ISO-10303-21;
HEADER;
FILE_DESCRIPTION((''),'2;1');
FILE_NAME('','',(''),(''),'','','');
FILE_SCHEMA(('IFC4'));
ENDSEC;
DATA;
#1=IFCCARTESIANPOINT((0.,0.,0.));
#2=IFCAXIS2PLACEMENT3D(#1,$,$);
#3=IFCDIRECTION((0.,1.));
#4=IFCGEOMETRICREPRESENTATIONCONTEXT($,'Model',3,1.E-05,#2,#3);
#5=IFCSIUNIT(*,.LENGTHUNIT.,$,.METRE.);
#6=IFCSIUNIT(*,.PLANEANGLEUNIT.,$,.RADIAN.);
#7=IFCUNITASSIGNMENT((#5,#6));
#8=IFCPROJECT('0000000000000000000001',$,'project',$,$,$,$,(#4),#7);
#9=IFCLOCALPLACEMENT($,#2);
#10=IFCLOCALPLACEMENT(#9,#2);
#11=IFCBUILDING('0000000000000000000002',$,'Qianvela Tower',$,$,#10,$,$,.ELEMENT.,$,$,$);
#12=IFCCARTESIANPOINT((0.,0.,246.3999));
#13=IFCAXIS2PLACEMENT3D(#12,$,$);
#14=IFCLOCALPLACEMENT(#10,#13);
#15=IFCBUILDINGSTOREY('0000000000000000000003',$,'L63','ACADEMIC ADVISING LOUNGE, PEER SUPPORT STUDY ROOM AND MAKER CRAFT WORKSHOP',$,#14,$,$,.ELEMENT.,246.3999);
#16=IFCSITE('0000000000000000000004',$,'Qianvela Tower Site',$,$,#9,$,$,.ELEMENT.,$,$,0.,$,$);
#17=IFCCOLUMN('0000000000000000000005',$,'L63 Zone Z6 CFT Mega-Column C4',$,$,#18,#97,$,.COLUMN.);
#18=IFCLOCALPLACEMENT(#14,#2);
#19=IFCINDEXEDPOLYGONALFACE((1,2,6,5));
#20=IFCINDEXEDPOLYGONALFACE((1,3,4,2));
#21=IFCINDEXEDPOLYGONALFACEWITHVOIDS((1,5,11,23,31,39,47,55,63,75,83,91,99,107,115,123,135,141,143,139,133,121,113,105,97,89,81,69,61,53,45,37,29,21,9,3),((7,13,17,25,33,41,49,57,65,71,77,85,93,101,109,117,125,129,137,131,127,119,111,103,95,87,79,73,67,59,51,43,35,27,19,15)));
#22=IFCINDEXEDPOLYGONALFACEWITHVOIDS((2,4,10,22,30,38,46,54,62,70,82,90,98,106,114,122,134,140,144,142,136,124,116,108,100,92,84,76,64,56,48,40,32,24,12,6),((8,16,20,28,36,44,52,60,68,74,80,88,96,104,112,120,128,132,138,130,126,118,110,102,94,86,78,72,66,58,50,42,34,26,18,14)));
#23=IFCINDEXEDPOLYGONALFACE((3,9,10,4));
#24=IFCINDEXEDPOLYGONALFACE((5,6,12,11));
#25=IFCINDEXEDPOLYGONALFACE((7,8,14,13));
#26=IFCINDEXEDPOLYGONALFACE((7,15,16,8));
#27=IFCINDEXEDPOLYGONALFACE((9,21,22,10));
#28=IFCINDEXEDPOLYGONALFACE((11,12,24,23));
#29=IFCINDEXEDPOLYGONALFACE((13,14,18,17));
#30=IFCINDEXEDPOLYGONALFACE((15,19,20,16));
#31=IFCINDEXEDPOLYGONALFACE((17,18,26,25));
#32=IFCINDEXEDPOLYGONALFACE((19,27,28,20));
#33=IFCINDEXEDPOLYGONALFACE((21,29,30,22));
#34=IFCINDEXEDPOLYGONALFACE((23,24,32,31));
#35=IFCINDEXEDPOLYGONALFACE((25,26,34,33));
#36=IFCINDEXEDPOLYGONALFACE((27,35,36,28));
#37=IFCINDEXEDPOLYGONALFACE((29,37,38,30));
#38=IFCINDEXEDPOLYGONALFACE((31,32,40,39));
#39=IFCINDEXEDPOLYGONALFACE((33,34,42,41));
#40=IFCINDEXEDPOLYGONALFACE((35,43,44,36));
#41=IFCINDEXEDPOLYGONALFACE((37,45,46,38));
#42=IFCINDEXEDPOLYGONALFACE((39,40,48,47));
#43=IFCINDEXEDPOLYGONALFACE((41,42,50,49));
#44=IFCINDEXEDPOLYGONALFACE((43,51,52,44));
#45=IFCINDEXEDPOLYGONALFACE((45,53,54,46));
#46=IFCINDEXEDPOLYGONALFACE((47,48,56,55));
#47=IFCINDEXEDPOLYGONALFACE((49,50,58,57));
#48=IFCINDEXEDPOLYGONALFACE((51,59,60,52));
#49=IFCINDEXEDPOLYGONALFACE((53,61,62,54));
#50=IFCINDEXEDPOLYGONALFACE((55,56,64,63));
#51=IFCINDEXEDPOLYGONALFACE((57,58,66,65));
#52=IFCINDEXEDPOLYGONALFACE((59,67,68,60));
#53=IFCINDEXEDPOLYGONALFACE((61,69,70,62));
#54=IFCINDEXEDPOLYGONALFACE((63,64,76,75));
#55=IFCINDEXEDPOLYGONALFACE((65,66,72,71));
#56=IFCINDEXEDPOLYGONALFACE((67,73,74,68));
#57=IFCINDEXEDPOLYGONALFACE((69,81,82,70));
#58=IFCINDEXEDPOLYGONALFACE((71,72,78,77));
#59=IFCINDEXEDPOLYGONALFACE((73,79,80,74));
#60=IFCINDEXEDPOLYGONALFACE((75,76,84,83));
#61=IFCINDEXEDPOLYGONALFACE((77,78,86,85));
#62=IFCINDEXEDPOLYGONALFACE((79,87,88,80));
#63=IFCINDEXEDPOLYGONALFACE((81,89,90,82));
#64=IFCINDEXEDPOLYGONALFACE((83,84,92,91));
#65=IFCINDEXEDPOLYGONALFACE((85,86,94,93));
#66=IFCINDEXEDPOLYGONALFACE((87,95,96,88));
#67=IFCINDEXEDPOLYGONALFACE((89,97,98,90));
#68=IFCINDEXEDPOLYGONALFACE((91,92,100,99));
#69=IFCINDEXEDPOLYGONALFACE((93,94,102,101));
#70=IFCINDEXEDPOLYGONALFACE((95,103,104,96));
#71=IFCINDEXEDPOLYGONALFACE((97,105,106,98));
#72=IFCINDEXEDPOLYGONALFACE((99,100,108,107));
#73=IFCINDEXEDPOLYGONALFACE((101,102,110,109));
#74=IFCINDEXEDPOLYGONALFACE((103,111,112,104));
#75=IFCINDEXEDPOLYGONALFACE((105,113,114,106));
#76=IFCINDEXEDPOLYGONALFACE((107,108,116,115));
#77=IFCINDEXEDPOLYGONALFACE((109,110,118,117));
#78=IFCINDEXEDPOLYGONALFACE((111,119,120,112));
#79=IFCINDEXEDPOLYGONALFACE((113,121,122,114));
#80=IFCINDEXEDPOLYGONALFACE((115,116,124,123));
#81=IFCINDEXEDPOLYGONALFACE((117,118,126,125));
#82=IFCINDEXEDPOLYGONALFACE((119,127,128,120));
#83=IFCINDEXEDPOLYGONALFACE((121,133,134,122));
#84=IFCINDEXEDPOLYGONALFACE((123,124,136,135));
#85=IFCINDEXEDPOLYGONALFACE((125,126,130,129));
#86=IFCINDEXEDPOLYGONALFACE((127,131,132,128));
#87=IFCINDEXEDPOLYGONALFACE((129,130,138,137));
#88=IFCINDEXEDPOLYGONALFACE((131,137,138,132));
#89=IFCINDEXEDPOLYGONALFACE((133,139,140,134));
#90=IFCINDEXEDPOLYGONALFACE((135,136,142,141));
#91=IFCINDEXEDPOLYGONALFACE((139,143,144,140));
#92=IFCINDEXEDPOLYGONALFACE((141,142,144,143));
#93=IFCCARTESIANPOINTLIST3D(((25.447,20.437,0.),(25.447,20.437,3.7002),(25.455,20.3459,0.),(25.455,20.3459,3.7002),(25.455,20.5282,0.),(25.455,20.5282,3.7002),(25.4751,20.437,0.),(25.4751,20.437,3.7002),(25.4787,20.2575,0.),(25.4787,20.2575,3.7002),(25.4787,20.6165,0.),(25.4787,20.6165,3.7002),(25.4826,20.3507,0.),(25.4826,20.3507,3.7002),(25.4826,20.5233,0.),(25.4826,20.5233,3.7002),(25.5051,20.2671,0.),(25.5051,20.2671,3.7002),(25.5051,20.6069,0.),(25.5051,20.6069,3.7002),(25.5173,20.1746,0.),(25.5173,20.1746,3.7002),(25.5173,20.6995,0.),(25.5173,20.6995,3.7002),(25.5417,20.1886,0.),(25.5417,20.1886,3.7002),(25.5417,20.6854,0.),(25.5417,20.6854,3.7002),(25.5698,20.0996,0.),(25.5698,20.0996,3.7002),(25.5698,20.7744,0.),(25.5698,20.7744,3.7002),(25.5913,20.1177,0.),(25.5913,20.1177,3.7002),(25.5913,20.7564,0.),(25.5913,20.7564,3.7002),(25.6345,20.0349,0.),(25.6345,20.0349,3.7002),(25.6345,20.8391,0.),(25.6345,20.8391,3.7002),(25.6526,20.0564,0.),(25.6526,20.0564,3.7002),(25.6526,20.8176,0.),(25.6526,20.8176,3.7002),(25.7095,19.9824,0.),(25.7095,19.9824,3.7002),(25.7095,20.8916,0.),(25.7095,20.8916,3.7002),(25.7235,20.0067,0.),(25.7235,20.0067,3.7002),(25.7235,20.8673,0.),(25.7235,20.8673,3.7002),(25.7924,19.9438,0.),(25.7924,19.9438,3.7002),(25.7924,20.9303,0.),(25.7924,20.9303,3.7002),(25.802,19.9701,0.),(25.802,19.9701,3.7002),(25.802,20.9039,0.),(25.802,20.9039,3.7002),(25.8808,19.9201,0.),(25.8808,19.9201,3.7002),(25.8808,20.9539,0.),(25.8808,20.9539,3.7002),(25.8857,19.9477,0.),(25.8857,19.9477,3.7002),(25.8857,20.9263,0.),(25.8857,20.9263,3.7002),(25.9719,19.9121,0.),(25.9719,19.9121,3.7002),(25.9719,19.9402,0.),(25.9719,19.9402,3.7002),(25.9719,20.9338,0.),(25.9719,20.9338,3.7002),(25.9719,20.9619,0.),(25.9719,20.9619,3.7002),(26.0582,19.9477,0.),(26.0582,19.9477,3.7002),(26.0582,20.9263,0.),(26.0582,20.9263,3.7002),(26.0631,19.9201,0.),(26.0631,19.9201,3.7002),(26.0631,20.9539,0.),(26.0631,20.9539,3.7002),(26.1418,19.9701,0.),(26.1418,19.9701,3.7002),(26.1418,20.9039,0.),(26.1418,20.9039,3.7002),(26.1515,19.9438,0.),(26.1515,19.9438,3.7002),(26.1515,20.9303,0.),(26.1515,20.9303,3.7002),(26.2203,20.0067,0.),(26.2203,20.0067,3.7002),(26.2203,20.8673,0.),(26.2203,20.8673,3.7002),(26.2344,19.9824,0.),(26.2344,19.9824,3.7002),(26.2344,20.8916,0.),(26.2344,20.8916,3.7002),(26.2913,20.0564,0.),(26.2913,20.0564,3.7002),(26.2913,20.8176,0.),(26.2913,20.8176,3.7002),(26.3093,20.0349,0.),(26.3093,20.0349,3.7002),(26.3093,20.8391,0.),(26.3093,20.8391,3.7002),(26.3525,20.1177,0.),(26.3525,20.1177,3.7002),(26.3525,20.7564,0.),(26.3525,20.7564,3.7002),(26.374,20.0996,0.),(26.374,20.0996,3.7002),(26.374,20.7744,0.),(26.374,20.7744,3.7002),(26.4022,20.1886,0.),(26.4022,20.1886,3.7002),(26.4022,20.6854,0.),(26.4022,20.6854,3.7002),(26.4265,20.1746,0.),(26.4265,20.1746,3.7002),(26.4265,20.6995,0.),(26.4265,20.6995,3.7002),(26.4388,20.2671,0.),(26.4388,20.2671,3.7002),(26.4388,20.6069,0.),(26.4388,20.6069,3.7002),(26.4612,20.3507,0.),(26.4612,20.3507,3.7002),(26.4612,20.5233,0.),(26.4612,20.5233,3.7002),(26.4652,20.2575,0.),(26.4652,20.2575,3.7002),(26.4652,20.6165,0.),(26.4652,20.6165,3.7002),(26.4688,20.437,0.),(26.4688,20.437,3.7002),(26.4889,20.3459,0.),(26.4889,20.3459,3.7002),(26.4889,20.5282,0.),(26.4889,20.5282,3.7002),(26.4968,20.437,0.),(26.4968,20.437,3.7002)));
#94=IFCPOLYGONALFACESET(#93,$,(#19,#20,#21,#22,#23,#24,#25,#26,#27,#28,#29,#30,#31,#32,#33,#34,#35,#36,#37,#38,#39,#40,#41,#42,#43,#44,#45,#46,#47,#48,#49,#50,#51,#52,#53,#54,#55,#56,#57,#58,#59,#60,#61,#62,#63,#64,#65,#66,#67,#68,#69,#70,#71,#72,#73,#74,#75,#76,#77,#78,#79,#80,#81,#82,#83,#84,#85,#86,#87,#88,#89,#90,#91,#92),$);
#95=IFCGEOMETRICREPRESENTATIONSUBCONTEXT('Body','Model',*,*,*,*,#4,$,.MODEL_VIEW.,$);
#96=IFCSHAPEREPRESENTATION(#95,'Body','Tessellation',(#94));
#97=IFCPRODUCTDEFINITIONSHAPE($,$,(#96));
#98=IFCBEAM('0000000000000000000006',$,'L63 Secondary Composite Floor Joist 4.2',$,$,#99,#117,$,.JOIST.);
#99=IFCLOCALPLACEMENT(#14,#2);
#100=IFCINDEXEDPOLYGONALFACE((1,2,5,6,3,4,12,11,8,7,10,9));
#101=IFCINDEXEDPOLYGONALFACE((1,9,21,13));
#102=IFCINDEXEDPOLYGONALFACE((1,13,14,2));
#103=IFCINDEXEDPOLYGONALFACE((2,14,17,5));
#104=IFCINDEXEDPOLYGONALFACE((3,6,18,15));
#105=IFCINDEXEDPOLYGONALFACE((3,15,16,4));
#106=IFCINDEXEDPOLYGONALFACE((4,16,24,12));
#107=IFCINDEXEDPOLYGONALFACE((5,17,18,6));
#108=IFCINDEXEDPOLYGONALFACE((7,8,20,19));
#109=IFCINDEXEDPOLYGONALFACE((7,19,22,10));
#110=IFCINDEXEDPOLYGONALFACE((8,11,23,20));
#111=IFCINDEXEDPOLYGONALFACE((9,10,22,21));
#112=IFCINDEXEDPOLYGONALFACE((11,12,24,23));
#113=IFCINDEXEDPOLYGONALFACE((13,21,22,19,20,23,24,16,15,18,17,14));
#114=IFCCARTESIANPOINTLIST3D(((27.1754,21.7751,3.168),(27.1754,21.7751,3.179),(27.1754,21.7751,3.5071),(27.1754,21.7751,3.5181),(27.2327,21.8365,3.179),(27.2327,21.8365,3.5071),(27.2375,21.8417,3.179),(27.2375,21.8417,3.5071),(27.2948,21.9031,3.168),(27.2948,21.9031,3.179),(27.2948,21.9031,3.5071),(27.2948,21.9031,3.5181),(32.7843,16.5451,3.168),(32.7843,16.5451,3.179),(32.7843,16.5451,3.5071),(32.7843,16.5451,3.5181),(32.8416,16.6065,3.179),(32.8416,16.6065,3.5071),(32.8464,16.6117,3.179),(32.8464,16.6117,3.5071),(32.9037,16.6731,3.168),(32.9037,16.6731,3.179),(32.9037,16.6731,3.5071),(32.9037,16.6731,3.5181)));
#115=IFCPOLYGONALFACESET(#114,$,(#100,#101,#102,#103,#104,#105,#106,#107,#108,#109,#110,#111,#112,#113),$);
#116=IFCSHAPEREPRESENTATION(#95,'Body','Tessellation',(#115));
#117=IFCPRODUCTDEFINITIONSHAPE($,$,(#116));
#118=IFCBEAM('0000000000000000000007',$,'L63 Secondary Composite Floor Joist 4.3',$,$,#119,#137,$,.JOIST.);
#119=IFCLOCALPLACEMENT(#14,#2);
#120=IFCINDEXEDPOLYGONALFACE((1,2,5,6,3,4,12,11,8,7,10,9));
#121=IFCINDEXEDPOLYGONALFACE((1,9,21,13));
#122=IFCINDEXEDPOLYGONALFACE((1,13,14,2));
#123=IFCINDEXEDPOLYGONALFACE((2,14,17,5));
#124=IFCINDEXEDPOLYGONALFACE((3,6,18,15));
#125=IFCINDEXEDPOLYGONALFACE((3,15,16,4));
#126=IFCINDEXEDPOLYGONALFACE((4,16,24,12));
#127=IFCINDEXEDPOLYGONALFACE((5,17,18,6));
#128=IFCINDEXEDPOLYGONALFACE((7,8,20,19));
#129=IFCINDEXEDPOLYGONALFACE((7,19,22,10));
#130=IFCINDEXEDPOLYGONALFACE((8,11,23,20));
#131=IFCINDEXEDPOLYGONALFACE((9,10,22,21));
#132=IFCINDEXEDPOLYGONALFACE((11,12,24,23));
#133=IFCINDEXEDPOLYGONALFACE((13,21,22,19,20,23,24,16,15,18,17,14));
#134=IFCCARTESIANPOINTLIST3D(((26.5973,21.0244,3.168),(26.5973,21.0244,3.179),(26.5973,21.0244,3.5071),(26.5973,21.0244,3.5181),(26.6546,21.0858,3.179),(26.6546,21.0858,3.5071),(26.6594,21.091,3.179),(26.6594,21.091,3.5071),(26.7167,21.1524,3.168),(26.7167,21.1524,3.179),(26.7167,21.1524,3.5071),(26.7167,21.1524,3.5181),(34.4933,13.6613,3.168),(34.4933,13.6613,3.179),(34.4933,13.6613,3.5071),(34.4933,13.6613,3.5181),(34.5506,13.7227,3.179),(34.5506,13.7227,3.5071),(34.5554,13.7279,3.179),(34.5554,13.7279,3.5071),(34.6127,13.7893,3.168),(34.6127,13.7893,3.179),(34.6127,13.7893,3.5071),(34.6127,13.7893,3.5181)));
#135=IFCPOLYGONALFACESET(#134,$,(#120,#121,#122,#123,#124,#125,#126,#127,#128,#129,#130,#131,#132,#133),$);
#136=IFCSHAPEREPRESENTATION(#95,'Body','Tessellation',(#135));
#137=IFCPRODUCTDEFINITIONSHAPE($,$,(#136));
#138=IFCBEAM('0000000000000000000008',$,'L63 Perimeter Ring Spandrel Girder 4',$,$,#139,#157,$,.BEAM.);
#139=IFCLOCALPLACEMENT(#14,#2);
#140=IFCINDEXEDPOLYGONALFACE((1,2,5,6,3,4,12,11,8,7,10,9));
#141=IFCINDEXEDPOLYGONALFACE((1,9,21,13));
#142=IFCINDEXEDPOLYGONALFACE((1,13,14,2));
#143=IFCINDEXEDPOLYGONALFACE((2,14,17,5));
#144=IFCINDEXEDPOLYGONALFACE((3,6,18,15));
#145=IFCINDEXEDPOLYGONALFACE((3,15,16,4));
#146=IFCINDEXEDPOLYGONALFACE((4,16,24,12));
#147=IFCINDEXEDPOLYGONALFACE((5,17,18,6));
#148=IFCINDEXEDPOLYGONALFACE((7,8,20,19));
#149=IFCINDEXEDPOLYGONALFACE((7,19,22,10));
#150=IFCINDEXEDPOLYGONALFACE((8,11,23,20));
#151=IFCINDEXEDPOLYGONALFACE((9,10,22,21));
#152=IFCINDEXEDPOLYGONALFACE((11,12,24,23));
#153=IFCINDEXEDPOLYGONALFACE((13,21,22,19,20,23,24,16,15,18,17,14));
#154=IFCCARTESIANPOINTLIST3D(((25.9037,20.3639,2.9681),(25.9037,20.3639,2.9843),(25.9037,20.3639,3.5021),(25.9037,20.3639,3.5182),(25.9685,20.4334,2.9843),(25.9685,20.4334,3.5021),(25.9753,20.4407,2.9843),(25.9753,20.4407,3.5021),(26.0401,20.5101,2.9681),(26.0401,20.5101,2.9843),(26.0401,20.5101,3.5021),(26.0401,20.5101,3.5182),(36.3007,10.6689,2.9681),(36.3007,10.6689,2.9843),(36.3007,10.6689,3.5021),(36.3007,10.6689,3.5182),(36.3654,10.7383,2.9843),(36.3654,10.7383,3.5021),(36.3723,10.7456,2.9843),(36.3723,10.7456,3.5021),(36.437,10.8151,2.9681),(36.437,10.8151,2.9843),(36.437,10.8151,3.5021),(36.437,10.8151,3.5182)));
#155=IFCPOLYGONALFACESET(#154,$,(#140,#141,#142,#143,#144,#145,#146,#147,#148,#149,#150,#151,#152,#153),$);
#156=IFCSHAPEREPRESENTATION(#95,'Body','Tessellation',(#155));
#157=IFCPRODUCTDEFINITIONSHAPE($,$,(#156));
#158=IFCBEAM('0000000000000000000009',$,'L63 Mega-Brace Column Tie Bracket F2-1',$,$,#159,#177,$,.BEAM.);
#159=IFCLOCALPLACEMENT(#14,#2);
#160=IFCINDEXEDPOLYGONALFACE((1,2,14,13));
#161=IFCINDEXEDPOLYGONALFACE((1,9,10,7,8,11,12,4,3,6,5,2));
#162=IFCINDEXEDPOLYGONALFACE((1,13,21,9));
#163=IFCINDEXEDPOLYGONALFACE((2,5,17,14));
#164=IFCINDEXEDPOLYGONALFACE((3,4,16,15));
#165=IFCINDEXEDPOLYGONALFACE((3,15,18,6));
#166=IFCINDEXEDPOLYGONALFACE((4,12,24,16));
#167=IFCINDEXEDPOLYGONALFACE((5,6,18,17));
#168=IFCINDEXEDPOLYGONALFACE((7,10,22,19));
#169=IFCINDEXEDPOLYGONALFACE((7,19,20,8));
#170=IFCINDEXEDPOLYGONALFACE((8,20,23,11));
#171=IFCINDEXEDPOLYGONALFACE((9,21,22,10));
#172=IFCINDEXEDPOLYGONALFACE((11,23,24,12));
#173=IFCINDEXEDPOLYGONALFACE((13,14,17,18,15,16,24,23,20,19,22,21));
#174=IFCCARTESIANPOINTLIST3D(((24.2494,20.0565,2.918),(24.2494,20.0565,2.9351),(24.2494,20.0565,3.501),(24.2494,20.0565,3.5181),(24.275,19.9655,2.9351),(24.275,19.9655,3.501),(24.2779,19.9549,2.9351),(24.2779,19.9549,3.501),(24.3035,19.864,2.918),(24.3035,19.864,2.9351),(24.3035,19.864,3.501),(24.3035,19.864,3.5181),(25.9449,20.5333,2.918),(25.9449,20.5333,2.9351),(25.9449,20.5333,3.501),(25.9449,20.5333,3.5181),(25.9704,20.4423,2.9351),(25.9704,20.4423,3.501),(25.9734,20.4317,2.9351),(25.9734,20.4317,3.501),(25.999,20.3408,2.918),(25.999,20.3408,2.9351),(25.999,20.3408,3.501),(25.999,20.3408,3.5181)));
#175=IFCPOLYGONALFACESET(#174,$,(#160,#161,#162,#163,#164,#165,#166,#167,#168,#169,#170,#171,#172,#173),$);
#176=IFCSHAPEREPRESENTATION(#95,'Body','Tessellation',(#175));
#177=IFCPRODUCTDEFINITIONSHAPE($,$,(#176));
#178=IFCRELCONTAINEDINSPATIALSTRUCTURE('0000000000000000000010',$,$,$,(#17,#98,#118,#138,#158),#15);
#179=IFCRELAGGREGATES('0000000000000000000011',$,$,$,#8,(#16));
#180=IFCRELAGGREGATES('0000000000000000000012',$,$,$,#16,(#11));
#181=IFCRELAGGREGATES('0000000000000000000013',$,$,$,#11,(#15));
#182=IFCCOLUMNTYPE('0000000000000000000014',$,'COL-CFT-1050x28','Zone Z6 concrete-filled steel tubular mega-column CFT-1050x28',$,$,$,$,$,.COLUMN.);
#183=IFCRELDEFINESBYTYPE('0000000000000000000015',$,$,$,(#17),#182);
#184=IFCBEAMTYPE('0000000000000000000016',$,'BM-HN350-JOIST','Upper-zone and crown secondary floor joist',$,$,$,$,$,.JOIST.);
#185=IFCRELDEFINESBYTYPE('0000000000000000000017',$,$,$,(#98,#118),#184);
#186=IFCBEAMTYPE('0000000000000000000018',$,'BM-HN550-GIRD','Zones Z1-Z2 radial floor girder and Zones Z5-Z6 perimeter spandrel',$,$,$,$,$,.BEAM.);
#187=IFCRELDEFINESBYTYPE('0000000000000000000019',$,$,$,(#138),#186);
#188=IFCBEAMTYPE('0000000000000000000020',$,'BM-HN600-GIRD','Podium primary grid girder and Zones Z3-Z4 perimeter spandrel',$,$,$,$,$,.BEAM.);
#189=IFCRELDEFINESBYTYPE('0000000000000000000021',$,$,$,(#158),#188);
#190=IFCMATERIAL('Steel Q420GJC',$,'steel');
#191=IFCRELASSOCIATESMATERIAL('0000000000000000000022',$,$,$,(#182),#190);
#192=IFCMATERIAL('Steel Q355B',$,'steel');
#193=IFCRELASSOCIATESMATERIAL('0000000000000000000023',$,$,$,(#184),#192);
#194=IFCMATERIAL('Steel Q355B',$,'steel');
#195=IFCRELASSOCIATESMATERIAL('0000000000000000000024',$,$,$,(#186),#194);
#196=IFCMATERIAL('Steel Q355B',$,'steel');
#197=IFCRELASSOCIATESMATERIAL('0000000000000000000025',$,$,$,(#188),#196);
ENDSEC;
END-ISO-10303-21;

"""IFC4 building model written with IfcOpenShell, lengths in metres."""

from ifc_helpers import new_model, si_unit, direction, frame, origin, origin_2d, place, context, subcontext, project, spatial, hollow_circle, i_section, extrude, material, material_profile, profile_set, type_object, element, save


model = new_model("IFC4")

# Units and contexts
model_context = context("Model", 3, precision=1e-05, world=origin(), true_north=direction((0.0, 1.0)))
body_context = subcontext(model_context, "Body", "Model", "MODEL_VIEW")
ifc_project = project(units=[si_unit("LENGTHUNIT", "METRE"), si_unit("PLANEANGLEUNIT", "RADIAN")], contexts=[model_context])

# Site, building, storey
site_placement = place(None, origin())
site = spatial("IfcSite", under=ifc_project, at=site_placement, Name="Qianvela Tower Site", CompositionType="ELEMENT", RefElevation=0.0)
building_placement = place(site_placement, origin())
building = spatial("IfcBuilding", under=site, at=building_placement, Name="Qianvela Tower", CompositionType="ELEMENT")
storey_placement = place(building_placement, frame((0.0, 0.0, 246.3999)))
storey = spatial("IfcBuildingStorey", under=building, at=storey_placement, Name="L63", Description="ACADEMIC ADVISING LOUNGE, PEER SUPPORT STUDY ROOM AND MAKER CRAFT WORKSHOP", CompositionType="ELEMENT", Elevation=246.3999)

# Column
ifc_material_1 = material(Name="Steel Q420GJC", Category="steel")
ifc_material_profile_1 = material_profile(ifc_material_1, hollow_circle(Radius=0.5249, WallThickness=0.0281, at=origin_2d()), Name="CFT-1050x28")
ifc_profile_set_1 = profile_set([ifc_material_profile_1], Name="Steel Q420GJC")
column_type = type_object("IfcColumnType", Name="COL-CFT-1050x28", Description="Zone Z6 concrete-filled steel tubular mega-column CFT-1050x28", PredefinedType="COLUMN", material=ifc_profile_set_1)
column_placement = place(storey_placement, frame((25.9719, 20.437, 0.0), z_axis=(0.0, 0.0, 1.0), x_axis=(1.0, 0.0, 0.0)))
element("IfcColumn", 1, at=column_placement, inside=storey, type_object=column_type, Name="L63 Zone Z6 CFT Mega-Column C4", PredefinedType="COLUMN", context=body_context, shape_type="SweptSolid", body=[
    extrude(hollow_circle(Radius=0.5249, WallThickness=0.0281, at=origin_2d()), origin(), (0.0, 0.0, 1.0), 3.7002),
])

# Beams
ifc_material_2 = material(Name="Steel Q355B", Category="steel")
ifc_material_profile_2 = material_profile(ifc_material_2, i_section(OverallWidth=0.175, OverallDepth=0.3501, WebThickness=0.0071, FlangeThickness=0.011, at=origin_2d()), Name="HN350x175x7x11")
ifc_profile_set_2 = profile_set([ifc_material_profile_2], Name="Steel Q355B")
beam_type_1 = type_object("IfcBeamType", Name="BM-HN350-JOIST", Description="Upper-zone and crown secondary floor joist", PredefinedType="JOIST", material=ifc_profile_set_2)
beam_1_placement = place(storey_placement, frame((27.2351, 21.8391, 3.343), z_axis=(0.731379, -0.681971, 0.0), x_axis=(0.681971, 0.731379, 0.0)))
element("IfcBeam", 2, at=beam_1_placement, inside=storey, type_object=beam_type_1, Name="L63 Secondary Composite Floor Joist 4.2", PredefinedType="JOIST", context=body_context, shape_type="SweptSolid", body=[
    extrude(i_section(OverallWidth=0.175, OverallDepth=0.3501, WebThickness=0.0071, FlangeThickness=0.011, at=origin_2d()), origin(), (0.0, 0.0, 1.0), 7.6689),
])
beam_2_placement = place(storey_placement, frame((26.657, 21.0884, 3.343), z_axis=(0.731358, -0.681993, 0.0), x_axis=(0.681993, 0.731358, 0.0)))
element("IfcBeam", 3, at=beam_2_placement, inside=storey, type_object=beam_type_1, Name="L63 Secondary Composite Floor Joist 4.3", PredefinedType="JOIST", context=body_context, shape_type="SweptSolid", body=[
    extrude(i_section(OverallWidth=0.175, OverallDepth=0.3501, WebThickness=0.0071, FlangeThickness=0.011, at=origin_2d()), origin(), (0.0, 0.0, 1.0), 10.7964),
])
ifc_material_3 = material(Name="Steel Q355B", Category="steel")
ifc_material_profile_3 = material_profile(ifc_material_3, i_section(OverallWidth=0.2, OverallDepth=0.55, WebThickness=0.01, FlangeThickness=0.0161, at=origin_2d()), Name="HN550x200x10x16")
ifc_profile_set_3 = profile_set([ifc_material_profile_3], Name="Steel Q355B")
beam_type_2 = type_object("IfcBeamType", Name="BM-HN550-GIRD", Description="Zones Z1-Z2 radial floor girder and Zones Z5-Z6 perimeter spandrel", PredefinedType="BEAM", material=ifc_profile_set_3)
beam_3_placement = place(storey_placement, frame((25.9719, 20.437, 3.2432), z_axis=(0.731363, -0.681988, 0.0), x_axis=(0.681988, 0.731363, 0.0)))
element("IfcBeam", 4, at=beam_3_placement, inside=storey, type_object=beam_type_2, Name="L63 Perimeter Ring Spandrel Girder 4", PredefinedType="BEAM", context=body_context, shape_type="SweptSolid", body=[
    extrude(i_section(OverallWidth=0.2, OverallDepth=0.55, WebThickness=0.01, FlangeThickness=0.0161, at=origin_2d()), origin(), (0.0, 0.0, 1.0), 14.2158),
])
ifc_material_4 = material(Name="Steel Q355B", Category="steel")
ifc_material_profile_4 = material_profile(ifc_material_4, i_section(OverallWidth=0.2, OverallDepth=0.6001, WebThickness=0.011, FlangeThickness=0.0171, at=origin_2d()), Name="HN600x200x11x17")
ifc_profile_set_4 = profile_set([ifc_material_profile_4], Name="Steel Q355B")
beam_type_3 = type_object("IfcBeamType", Name="BM-HN600-GIRD", Description="Podium primary grid girder and Zones Z3-Z4 perimeter spandrel", PredefinedType="BEAM", material=ifc_profile_set_4)
beam_4_placement = place(storey_placement, frame((25.9719, 20.437, 3.218), z_axis=(-0.962661, -0.270709, 0.0), x_axis=(0.270709, -0.962661, 0.0)))
element("IfcBeam", 5, at=beam_4_placement, inside=storey, type_object=beam_type_3, Name="L63 Mega-Brace Column Tie Bracket F2-1", PredefinedType="BEAM", context=body_context, shape_type="SweptSolid", body=[
    extrude(i_section(OverallWidth=0.2, OverallDepth=0.6001, WebThickness=0.011, FlangeThickness=0.0171, at=origin_2d()), origin(), (0.0, 0.0, 1.0), 1.7612),
])

save(model, "model.ifc")
